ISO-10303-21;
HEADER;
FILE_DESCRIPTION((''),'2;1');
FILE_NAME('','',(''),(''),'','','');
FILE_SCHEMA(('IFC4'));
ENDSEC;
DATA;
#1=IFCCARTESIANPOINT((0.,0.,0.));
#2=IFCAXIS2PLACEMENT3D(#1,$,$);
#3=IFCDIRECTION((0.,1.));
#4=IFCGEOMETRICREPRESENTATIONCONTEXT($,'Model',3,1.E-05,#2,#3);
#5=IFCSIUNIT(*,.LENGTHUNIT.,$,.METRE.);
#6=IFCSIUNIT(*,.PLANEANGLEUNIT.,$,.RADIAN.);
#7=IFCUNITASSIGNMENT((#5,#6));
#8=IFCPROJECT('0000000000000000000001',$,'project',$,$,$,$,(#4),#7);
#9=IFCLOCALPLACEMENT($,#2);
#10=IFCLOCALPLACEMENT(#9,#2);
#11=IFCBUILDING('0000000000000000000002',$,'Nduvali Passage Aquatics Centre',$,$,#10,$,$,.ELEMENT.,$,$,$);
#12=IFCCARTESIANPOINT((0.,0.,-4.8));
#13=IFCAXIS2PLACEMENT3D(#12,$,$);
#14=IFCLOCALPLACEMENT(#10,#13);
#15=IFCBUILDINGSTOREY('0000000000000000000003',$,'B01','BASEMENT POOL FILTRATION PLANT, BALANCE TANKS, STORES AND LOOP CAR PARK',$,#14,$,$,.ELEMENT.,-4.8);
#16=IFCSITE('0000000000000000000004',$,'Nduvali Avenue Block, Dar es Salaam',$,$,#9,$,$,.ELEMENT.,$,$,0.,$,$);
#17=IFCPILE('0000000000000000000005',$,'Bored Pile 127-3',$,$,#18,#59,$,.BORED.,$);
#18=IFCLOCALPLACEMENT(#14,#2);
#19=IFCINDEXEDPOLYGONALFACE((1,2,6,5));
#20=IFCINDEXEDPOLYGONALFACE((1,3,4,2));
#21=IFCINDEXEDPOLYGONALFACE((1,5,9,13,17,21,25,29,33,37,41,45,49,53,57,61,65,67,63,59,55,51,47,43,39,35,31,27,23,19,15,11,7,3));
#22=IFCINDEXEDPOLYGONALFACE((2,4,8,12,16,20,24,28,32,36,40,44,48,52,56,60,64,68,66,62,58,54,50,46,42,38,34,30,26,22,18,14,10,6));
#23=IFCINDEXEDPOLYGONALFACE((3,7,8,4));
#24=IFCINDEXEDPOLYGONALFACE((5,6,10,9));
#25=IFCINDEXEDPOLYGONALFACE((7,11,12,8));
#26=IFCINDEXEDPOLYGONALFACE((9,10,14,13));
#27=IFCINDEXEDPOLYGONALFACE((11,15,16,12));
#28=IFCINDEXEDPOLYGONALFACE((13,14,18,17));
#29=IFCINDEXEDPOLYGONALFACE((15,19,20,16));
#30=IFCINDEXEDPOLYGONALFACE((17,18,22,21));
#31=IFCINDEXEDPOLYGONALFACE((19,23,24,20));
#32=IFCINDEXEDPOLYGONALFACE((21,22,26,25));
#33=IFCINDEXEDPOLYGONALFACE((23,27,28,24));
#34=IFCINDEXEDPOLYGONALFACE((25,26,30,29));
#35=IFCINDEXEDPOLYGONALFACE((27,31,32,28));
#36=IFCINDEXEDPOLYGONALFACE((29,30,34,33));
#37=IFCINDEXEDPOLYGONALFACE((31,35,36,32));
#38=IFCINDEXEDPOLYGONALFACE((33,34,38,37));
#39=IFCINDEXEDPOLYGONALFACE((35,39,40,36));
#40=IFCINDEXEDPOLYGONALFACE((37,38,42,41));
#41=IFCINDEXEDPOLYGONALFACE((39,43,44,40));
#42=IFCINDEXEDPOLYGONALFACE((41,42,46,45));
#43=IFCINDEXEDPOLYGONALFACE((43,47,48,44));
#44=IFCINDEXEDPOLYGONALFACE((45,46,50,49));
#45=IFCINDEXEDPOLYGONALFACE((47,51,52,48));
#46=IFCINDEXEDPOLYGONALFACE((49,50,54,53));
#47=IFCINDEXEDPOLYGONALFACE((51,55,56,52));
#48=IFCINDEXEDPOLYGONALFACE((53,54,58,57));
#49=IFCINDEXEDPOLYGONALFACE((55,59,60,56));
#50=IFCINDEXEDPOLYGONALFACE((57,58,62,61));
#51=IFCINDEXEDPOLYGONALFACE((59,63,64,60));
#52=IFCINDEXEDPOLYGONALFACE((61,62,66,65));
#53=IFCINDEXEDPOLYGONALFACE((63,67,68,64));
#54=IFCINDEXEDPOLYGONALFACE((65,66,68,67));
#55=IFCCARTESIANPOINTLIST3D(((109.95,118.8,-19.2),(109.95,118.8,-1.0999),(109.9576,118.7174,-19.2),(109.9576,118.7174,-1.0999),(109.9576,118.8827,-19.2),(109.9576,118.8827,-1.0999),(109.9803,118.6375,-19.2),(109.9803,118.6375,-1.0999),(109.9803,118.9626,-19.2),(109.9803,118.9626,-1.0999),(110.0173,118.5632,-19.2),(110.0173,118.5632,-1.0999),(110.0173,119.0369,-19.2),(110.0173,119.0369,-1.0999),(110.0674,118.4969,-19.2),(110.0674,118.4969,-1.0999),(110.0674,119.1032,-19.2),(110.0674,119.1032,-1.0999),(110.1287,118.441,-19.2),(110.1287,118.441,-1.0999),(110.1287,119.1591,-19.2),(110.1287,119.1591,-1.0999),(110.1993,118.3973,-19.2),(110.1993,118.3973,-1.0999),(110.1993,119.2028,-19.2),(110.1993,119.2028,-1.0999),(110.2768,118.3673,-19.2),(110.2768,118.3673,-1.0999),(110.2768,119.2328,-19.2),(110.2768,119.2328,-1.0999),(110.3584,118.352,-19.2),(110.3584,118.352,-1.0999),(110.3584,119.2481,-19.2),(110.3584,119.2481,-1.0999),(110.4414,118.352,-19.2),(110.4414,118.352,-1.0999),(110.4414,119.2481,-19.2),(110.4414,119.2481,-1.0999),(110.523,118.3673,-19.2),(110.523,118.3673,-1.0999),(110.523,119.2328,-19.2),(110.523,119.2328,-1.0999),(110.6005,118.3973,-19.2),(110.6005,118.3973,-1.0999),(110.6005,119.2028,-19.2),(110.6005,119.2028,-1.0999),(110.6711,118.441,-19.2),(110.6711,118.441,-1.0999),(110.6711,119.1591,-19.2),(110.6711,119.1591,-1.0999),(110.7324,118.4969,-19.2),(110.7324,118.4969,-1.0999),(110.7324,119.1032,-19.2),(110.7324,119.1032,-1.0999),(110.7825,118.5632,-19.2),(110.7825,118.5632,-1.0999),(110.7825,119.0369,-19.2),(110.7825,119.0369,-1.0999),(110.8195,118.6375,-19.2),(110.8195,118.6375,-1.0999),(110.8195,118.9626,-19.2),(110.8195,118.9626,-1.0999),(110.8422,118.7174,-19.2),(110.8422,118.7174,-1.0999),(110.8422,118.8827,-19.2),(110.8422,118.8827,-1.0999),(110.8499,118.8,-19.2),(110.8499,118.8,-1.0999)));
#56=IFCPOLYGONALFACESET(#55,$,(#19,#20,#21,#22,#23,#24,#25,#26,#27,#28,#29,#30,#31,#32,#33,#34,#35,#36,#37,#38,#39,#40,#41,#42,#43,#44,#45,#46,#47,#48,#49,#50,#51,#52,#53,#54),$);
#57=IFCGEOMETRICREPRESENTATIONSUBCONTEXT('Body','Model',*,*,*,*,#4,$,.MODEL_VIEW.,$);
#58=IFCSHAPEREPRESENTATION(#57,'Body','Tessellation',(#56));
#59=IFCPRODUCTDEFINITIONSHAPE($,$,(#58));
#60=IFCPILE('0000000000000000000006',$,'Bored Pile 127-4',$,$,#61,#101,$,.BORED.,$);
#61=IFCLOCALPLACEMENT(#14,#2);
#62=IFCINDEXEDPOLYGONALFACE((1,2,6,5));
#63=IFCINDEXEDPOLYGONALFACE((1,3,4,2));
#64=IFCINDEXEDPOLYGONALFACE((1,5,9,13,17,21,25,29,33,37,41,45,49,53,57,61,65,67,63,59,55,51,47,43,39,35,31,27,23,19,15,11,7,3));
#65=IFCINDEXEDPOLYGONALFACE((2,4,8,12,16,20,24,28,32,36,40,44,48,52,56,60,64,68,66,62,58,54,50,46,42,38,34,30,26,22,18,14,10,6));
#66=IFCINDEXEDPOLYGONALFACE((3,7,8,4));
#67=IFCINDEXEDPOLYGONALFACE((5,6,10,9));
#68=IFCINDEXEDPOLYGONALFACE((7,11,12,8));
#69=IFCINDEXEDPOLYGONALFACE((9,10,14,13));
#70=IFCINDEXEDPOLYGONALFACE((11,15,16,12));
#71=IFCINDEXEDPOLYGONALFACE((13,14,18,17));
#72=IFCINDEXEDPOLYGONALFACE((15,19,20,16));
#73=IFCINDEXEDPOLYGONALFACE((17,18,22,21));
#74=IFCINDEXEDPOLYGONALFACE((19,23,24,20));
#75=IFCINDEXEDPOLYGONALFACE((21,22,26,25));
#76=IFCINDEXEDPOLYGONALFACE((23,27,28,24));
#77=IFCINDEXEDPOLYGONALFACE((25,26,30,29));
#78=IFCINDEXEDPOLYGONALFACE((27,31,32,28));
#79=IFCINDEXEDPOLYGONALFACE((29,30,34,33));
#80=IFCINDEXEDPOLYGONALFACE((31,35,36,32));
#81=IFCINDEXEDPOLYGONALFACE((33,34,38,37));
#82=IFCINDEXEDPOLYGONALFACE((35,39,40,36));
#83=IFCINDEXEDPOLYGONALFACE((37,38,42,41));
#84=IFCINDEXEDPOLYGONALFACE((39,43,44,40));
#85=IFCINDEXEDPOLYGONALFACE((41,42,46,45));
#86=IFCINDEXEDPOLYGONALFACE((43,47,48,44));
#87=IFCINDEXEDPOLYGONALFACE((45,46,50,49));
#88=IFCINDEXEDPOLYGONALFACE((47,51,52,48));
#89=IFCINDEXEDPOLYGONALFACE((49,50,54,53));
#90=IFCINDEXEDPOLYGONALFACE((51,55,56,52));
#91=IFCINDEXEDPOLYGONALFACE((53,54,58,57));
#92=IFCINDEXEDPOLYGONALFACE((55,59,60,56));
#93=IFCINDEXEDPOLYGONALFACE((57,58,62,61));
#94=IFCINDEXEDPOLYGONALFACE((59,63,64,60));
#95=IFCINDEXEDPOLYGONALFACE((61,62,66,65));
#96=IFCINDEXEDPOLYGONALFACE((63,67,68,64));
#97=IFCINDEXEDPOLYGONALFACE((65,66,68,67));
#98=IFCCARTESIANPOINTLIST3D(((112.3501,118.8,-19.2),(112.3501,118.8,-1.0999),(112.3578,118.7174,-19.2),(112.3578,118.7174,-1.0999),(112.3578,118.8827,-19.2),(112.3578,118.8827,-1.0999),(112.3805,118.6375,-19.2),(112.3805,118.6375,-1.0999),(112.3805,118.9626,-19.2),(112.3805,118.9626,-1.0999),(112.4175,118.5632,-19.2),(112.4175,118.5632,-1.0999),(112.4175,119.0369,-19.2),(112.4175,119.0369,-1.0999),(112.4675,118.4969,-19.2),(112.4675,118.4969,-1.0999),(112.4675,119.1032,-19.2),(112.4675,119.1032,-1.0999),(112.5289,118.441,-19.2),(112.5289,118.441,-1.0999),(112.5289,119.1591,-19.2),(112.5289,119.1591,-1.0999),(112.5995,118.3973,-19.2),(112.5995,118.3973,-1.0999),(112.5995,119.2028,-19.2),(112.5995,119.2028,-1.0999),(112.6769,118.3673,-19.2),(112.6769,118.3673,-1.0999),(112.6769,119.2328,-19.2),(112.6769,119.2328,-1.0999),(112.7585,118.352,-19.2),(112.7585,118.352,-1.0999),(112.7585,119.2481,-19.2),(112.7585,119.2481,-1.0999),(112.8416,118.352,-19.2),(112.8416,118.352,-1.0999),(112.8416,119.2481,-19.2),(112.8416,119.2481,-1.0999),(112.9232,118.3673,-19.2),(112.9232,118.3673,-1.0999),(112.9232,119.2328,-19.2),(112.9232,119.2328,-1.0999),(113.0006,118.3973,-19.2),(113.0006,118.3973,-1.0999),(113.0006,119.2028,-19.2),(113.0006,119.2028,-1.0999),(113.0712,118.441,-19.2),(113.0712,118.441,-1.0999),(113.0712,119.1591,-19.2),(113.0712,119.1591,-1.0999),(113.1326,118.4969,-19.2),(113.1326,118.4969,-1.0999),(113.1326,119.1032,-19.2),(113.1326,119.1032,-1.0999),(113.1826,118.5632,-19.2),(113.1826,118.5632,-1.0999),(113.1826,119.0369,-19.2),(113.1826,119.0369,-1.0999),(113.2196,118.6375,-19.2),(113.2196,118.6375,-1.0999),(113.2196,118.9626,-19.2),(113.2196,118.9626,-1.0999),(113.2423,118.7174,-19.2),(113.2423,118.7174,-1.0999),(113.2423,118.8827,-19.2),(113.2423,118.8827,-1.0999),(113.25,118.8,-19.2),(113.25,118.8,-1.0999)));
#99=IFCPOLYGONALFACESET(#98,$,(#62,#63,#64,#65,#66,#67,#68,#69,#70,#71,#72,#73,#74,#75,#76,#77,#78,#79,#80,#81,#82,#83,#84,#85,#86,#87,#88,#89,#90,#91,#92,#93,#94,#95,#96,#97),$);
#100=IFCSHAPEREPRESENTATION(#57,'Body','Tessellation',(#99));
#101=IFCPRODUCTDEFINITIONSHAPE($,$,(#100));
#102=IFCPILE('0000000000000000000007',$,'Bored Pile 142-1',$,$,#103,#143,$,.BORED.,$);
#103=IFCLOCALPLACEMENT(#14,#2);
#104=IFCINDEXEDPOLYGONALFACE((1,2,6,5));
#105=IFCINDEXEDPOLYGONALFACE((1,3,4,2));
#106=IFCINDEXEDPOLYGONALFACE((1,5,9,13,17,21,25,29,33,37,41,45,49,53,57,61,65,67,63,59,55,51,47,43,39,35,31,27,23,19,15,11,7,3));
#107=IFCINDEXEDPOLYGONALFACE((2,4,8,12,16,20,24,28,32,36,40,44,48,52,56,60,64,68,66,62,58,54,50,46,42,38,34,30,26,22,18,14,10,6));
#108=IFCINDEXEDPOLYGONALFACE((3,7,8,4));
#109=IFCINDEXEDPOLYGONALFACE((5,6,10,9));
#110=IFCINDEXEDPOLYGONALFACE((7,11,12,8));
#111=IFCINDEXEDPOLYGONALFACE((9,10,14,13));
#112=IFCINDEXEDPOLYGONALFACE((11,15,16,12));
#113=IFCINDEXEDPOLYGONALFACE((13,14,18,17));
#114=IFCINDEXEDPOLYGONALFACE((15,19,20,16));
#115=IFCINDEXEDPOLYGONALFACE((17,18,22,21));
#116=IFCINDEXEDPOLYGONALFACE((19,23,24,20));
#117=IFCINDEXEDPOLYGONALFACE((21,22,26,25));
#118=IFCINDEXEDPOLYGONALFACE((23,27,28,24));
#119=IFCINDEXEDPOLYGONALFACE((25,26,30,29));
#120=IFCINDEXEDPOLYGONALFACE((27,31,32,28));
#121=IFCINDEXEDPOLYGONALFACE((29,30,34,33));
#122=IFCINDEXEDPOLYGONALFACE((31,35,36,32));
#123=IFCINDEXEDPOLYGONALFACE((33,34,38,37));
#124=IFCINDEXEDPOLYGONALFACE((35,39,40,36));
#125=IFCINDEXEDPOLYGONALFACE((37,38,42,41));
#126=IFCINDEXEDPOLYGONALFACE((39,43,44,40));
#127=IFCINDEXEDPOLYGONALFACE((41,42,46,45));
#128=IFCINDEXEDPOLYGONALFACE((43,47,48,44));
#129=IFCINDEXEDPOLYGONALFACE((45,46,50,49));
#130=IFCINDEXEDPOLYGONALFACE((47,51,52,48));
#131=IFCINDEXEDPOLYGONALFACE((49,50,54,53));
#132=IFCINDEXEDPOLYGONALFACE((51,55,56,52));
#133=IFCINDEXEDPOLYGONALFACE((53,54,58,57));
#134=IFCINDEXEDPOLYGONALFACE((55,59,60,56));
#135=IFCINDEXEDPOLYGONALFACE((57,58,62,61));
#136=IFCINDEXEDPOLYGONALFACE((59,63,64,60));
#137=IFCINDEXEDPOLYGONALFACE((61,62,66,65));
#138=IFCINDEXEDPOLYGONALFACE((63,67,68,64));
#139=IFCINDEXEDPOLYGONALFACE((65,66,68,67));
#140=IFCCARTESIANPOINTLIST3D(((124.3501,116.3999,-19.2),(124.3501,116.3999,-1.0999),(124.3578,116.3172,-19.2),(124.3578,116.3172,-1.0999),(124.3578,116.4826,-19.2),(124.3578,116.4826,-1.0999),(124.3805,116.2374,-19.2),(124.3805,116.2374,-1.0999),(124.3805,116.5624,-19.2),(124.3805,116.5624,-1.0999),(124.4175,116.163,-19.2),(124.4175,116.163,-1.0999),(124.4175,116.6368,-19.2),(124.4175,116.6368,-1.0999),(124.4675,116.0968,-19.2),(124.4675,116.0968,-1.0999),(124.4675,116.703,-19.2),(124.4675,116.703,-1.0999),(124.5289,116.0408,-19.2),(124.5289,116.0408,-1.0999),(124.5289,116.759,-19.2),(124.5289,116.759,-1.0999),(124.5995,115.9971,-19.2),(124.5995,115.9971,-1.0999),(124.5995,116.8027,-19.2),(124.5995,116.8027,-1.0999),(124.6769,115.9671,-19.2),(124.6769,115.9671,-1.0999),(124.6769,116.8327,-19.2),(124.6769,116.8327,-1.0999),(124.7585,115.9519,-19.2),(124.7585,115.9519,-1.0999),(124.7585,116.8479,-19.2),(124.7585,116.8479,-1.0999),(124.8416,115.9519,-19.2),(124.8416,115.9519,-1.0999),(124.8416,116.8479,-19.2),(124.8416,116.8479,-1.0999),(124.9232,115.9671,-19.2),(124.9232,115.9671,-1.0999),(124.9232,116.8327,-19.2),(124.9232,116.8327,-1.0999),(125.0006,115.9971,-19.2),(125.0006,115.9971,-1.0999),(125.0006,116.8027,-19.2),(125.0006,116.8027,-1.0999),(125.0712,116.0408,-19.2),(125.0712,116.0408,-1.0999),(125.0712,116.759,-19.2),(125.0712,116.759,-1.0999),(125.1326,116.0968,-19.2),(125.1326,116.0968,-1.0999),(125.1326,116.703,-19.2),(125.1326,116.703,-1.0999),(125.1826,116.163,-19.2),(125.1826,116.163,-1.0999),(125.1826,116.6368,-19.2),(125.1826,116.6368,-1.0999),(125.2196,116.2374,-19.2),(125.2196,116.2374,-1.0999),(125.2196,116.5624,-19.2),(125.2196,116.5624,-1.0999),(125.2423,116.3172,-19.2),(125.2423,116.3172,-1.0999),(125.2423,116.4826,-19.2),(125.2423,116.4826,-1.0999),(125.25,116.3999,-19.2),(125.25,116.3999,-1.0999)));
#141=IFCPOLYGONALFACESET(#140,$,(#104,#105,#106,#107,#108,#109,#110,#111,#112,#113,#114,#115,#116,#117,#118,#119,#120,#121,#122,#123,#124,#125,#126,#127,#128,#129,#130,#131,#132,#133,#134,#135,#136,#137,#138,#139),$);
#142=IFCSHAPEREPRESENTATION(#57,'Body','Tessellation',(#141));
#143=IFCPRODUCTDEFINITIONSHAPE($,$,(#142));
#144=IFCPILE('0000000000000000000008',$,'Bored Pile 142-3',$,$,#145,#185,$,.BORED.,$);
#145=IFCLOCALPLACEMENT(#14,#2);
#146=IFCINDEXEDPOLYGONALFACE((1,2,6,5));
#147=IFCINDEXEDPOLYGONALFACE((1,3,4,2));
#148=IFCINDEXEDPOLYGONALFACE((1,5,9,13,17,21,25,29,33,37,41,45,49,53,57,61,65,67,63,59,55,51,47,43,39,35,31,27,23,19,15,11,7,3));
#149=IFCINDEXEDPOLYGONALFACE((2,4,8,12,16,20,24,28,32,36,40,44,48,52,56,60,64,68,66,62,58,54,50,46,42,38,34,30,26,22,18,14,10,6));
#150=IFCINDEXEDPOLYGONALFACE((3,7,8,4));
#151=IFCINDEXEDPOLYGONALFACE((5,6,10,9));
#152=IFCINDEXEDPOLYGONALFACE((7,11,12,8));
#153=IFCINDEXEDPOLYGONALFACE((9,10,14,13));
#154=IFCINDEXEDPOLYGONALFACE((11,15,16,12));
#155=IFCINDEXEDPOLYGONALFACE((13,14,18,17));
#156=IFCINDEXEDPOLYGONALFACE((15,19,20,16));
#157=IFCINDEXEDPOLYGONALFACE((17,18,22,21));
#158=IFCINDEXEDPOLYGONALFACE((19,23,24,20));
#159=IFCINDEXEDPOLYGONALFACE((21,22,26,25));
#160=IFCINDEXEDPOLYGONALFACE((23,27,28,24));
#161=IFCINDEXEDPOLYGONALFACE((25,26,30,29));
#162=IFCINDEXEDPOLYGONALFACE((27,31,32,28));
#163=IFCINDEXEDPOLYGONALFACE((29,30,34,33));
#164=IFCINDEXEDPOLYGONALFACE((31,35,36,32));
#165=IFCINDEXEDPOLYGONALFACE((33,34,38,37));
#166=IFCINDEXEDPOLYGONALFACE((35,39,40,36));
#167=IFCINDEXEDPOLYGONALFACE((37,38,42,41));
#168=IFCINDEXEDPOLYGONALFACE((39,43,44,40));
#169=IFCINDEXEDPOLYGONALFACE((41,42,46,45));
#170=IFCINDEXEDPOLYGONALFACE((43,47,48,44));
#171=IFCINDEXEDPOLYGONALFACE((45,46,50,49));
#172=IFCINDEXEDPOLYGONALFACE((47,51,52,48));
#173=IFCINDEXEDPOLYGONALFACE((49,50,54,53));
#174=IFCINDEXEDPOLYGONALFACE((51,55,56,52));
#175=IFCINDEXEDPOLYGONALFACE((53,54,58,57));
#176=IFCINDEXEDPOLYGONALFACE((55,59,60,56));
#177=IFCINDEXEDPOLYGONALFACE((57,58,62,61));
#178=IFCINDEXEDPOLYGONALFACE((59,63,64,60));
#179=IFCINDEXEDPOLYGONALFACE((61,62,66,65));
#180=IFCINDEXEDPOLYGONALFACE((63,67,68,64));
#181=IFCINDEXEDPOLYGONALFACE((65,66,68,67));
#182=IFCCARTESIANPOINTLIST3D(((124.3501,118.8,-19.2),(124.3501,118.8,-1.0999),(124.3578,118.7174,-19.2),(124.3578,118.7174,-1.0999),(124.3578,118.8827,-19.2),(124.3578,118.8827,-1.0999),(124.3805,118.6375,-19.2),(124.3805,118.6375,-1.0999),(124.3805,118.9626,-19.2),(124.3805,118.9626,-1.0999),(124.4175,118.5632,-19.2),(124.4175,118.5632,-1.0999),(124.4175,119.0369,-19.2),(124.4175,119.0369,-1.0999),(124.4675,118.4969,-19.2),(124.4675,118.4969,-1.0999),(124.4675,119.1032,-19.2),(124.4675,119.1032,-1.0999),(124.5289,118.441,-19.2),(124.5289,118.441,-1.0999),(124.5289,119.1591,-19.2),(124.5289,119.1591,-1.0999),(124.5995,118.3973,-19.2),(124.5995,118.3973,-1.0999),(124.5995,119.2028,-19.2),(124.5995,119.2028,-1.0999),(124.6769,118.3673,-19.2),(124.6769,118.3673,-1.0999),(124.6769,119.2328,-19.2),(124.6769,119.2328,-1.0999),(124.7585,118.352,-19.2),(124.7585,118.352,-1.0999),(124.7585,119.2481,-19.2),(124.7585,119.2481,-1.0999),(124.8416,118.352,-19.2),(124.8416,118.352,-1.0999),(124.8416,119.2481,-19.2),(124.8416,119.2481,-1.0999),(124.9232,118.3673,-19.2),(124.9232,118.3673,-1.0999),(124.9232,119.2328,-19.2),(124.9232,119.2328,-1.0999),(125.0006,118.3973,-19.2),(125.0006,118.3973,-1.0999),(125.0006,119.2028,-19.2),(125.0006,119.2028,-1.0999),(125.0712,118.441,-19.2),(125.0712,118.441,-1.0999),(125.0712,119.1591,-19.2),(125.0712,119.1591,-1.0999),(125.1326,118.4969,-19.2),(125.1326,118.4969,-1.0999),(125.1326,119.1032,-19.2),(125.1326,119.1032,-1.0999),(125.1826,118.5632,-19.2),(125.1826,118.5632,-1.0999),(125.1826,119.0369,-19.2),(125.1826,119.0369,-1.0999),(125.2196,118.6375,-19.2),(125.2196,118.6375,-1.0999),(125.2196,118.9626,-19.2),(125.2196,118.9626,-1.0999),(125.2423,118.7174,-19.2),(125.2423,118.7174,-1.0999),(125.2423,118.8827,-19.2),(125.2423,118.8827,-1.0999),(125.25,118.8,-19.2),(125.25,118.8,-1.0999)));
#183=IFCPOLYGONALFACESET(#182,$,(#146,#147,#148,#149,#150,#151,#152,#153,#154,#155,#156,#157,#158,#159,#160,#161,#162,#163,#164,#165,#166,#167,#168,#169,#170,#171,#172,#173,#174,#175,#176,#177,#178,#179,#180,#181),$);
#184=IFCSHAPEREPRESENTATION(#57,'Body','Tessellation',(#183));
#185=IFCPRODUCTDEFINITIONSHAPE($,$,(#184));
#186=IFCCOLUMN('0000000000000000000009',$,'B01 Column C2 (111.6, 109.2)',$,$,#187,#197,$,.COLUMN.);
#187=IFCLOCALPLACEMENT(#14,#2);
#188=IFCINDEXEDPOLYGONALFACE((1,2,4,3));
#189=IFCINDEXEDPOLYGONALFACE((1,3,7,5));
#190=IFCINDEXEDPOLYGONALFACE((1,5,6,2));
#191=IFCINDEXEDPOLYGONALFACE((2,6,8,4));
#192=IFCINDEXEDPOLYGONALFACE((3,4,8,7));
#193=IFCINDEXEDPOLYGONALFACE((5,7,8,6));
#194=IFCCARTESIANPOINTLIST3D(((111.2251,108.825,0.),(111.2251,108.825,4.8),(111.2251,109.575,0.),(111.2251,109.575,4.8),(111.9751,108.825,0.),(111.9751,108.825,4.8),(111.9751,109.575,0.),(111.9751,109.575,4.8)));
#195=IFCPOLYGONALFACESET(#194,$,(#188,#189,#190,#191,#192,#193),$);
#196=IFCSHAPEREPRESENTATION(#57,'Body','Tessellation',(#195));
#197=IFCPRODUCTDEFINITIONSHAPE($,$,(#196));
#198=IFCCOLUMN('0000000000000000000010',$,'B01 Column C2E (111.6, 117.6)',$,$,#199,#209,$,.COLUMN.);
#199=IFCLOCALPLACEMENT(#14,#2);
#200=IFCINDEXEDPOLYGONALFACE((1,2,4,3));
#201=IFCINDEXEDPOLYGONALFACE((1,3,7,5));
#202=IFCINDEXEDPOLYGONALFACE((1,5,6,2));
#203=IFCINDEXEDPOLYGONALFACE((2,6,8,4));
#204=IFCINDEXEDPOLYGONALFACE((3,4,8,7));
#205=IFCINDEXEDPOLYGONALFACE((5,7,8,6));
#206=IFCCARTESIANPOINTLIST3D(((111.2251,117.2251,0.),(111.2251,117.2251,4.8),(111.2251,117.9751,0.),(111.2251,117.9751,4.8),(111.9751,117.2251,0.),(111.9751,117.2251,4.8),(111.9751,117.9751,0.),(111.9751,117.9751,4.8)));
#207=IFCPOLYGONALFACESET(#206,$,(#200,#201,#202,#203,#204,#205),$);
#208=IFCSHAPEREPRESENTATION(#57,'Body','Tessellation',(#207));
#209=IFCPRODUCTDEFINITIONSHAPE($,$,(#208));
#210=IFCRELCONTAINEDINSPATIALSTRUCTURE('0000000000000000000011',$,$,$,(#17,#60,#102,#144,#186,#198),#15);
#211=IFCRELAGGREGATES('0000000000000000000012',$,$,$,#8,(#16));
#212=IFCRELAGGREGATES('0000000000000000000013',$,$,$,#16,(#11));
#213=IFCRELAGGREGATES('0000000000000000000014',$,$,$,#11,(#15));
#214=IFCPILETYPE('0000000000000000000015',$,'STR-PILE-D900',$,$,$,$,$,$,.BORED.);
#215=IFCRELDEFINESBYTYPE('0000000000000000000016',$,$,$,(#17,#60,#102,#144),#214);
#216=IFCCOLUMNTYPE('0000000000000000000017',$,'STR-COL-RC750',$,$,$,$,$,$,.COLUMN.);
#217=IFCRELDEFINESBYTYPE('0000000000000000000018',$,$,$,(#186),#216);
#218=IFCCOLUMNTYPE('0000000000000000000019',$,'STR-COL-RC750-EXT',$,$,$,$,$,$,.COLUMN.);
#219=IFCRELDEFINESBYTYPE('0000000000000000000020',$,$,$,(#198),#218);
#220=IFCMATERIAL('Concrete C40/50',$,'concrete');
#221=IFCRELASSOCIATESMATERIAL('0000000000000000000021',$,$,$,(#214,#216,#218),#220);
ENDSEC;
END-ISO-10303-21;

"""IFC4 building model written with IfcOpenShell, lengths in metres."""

from ifc_helpers import new_model, si_unit, direction, frame, origin, origin_2d, place, context, subcontext, project, spatial, rectangle, circle, extrude, material, material_profile, profile_set, type_object, element, save


model = new_model("IFC4")

# Units and contexts
model_context = context("Model", 3, precision=1e-05, world=origin(), true_north=direction((0.0, 1.0)))
body_context = subcontext(model_context, "Body", "Model", "MODEL_VIEW")
ifc_project = project(units=[si_unit("LENGTHUNIT", "METRE"), si_unit("PLANEANGLEUNIT", "RADIAN")], contexts=[model_context])

# Site, building, storey
site_placement = place(None, origin())
site = spatial("IfcSite", under=ifc_project, at=site_placement, Name="Nduvali Avenue Block, Dar es Salaam", CompositionType="ELEMENT", RefElevation=0.0)
building_placement = place(site_placement, origin())
building = spatial("IfcBuilding", under=site, at=building_placement, Name="Nduvali Passage Aquatics Centre", CompositionType="ELEMENT")
storey_placement = place(building_placement, frame((0.0, 0.0, -4.8)))
storey = spatial("IfcBuildingStorey", under=building, at=storey_placement, Name="B01", Description="BASEMENT POOL FILTRATION PLANT, BALANCE TANKS, STORES AND LOOP CAR PARK", CompositionType="ELEMENT", Elevation=-4.8)

# Shared definitions
ifc_material_1 = material(Name="Concrete C40/50", Category="concrete")

# Piles
ifc_material_profile_1 = material_profile(ifc_material_1, circle(Radius=0.45, at=origin_2d()), Name="PILE D900")
ifc_profile_set_1 = profile_set([ifc_material_profile_1], Name="Concrete C40/50")
pile_type_1 = type_object("IfcPileType", Name="STR-PILE-D900", PredefinedType="BORED", material=ifc_profile_set_1)
for number, where, z_axis, x_axis, name in (
    (1, (110.3999, 118.8, -1.0999), (0.0, 0.0, -1.0), (1.0, 0.0, 0.0), "Bored Pile 127-3"),
    (2, (112.8, 118.8, -1.0999), (0.0, 0.0, -1.0), (1.0, 0.0, 0.0), "Bored Pile 127-4"),
    (3, (124.8, 116.3999, -1.0999), (0.0, 0.0, -1.0), (1.0, 0.0, 0.0), "Bored Pile 142-1"),
    (4, (124.8, 118.8, -1.0999), (0.0, 0.0, -1.0), (1.0, 0.0, 0.0), "Bored Pile 142-3"),
):
    element("IfcPile", number, at=place(storey_placement, frame(where, z_axis=z_axis, x_axis=x_axis)), inside=storey, type_object=pile_type_1, Name=name, PredefinedType="BORED", context=body_context, shape_type="SweptSolid", body=[
        extrude(circle(Radius=0.45, at=origin_2d()), origin(), (0.0, 0.0, 1.0), 18.1001),
    ])

# Columns
ifc_material_profile_2 = material_profile(ifc_material_1, rectangle(XDim=0.75, YDim=0.75, at=origin_2d()), Name="RC 750x750")
ifc_profile_set_2 = profile_set([ifc_material_profile_2], Name="Concrete C40/50")
column_type_1 = type_object("IfcColumnType", Name="STR-COL-RC750", PredefinedType="COLUMN", material=ifc_profile_set_2)
column_1_placement = place(storey_placement, frame((111.6001, 109.2, 0.0), z_axis=(0.0, 0.0, 1.0), x_axis=(1.0, 0.0, 0.0)))
element("IfcColumn", 5, at=column_1_placement, inside=storey, type_object=column_type_1, Name="B01 Column C2 (111.6, 109.2)", PredefinedType="COLUMN", context=body_context, shape_type="SweptSolid", body=[
    extrude(rectangle(XDim=0.75, YDim=0.75, at=origin_2d()), origin(), (0.0, 0.0, 1.0), 4.8),
])
ifc_material_profile_3 = material_profile(ifc_material_1, rectangle(XDim=0.75, YDim=0.75, at=origin_2d()), Name="RC 750x750")
ifc_profile_set_3 = profile_set([ifc_material_profile_3], Name="Concrete C40/50")
column_type_2 = type_object("IfcColumnType", Name="STR-COL-RC750-EXT", PredefinedType="COLUMN", material=ifc_profile_set_3)
column_2_placement = place(storey_placement, frame((111.6001, 117.6001, 0.0), z_axis=(0.0, 0.0, 1.0), x_axis=(1.0, 0.0, 0.0)))
element("IfcColumn", 6, at=column_2_placement, inside=storey, type_object=column_type_2, Name="B01 Column C2E (111.6, 117.6)", PredefinedType="COLUMN", context=body_context, shape_type="SweptSolid", body=[
    extrude(rectangle(XDim=0.75, YDim=0.75, at=origin_2d()), origin(), (0.0, 0.0, 1.0), 4.8),
])

save(model, "model.ifc")
